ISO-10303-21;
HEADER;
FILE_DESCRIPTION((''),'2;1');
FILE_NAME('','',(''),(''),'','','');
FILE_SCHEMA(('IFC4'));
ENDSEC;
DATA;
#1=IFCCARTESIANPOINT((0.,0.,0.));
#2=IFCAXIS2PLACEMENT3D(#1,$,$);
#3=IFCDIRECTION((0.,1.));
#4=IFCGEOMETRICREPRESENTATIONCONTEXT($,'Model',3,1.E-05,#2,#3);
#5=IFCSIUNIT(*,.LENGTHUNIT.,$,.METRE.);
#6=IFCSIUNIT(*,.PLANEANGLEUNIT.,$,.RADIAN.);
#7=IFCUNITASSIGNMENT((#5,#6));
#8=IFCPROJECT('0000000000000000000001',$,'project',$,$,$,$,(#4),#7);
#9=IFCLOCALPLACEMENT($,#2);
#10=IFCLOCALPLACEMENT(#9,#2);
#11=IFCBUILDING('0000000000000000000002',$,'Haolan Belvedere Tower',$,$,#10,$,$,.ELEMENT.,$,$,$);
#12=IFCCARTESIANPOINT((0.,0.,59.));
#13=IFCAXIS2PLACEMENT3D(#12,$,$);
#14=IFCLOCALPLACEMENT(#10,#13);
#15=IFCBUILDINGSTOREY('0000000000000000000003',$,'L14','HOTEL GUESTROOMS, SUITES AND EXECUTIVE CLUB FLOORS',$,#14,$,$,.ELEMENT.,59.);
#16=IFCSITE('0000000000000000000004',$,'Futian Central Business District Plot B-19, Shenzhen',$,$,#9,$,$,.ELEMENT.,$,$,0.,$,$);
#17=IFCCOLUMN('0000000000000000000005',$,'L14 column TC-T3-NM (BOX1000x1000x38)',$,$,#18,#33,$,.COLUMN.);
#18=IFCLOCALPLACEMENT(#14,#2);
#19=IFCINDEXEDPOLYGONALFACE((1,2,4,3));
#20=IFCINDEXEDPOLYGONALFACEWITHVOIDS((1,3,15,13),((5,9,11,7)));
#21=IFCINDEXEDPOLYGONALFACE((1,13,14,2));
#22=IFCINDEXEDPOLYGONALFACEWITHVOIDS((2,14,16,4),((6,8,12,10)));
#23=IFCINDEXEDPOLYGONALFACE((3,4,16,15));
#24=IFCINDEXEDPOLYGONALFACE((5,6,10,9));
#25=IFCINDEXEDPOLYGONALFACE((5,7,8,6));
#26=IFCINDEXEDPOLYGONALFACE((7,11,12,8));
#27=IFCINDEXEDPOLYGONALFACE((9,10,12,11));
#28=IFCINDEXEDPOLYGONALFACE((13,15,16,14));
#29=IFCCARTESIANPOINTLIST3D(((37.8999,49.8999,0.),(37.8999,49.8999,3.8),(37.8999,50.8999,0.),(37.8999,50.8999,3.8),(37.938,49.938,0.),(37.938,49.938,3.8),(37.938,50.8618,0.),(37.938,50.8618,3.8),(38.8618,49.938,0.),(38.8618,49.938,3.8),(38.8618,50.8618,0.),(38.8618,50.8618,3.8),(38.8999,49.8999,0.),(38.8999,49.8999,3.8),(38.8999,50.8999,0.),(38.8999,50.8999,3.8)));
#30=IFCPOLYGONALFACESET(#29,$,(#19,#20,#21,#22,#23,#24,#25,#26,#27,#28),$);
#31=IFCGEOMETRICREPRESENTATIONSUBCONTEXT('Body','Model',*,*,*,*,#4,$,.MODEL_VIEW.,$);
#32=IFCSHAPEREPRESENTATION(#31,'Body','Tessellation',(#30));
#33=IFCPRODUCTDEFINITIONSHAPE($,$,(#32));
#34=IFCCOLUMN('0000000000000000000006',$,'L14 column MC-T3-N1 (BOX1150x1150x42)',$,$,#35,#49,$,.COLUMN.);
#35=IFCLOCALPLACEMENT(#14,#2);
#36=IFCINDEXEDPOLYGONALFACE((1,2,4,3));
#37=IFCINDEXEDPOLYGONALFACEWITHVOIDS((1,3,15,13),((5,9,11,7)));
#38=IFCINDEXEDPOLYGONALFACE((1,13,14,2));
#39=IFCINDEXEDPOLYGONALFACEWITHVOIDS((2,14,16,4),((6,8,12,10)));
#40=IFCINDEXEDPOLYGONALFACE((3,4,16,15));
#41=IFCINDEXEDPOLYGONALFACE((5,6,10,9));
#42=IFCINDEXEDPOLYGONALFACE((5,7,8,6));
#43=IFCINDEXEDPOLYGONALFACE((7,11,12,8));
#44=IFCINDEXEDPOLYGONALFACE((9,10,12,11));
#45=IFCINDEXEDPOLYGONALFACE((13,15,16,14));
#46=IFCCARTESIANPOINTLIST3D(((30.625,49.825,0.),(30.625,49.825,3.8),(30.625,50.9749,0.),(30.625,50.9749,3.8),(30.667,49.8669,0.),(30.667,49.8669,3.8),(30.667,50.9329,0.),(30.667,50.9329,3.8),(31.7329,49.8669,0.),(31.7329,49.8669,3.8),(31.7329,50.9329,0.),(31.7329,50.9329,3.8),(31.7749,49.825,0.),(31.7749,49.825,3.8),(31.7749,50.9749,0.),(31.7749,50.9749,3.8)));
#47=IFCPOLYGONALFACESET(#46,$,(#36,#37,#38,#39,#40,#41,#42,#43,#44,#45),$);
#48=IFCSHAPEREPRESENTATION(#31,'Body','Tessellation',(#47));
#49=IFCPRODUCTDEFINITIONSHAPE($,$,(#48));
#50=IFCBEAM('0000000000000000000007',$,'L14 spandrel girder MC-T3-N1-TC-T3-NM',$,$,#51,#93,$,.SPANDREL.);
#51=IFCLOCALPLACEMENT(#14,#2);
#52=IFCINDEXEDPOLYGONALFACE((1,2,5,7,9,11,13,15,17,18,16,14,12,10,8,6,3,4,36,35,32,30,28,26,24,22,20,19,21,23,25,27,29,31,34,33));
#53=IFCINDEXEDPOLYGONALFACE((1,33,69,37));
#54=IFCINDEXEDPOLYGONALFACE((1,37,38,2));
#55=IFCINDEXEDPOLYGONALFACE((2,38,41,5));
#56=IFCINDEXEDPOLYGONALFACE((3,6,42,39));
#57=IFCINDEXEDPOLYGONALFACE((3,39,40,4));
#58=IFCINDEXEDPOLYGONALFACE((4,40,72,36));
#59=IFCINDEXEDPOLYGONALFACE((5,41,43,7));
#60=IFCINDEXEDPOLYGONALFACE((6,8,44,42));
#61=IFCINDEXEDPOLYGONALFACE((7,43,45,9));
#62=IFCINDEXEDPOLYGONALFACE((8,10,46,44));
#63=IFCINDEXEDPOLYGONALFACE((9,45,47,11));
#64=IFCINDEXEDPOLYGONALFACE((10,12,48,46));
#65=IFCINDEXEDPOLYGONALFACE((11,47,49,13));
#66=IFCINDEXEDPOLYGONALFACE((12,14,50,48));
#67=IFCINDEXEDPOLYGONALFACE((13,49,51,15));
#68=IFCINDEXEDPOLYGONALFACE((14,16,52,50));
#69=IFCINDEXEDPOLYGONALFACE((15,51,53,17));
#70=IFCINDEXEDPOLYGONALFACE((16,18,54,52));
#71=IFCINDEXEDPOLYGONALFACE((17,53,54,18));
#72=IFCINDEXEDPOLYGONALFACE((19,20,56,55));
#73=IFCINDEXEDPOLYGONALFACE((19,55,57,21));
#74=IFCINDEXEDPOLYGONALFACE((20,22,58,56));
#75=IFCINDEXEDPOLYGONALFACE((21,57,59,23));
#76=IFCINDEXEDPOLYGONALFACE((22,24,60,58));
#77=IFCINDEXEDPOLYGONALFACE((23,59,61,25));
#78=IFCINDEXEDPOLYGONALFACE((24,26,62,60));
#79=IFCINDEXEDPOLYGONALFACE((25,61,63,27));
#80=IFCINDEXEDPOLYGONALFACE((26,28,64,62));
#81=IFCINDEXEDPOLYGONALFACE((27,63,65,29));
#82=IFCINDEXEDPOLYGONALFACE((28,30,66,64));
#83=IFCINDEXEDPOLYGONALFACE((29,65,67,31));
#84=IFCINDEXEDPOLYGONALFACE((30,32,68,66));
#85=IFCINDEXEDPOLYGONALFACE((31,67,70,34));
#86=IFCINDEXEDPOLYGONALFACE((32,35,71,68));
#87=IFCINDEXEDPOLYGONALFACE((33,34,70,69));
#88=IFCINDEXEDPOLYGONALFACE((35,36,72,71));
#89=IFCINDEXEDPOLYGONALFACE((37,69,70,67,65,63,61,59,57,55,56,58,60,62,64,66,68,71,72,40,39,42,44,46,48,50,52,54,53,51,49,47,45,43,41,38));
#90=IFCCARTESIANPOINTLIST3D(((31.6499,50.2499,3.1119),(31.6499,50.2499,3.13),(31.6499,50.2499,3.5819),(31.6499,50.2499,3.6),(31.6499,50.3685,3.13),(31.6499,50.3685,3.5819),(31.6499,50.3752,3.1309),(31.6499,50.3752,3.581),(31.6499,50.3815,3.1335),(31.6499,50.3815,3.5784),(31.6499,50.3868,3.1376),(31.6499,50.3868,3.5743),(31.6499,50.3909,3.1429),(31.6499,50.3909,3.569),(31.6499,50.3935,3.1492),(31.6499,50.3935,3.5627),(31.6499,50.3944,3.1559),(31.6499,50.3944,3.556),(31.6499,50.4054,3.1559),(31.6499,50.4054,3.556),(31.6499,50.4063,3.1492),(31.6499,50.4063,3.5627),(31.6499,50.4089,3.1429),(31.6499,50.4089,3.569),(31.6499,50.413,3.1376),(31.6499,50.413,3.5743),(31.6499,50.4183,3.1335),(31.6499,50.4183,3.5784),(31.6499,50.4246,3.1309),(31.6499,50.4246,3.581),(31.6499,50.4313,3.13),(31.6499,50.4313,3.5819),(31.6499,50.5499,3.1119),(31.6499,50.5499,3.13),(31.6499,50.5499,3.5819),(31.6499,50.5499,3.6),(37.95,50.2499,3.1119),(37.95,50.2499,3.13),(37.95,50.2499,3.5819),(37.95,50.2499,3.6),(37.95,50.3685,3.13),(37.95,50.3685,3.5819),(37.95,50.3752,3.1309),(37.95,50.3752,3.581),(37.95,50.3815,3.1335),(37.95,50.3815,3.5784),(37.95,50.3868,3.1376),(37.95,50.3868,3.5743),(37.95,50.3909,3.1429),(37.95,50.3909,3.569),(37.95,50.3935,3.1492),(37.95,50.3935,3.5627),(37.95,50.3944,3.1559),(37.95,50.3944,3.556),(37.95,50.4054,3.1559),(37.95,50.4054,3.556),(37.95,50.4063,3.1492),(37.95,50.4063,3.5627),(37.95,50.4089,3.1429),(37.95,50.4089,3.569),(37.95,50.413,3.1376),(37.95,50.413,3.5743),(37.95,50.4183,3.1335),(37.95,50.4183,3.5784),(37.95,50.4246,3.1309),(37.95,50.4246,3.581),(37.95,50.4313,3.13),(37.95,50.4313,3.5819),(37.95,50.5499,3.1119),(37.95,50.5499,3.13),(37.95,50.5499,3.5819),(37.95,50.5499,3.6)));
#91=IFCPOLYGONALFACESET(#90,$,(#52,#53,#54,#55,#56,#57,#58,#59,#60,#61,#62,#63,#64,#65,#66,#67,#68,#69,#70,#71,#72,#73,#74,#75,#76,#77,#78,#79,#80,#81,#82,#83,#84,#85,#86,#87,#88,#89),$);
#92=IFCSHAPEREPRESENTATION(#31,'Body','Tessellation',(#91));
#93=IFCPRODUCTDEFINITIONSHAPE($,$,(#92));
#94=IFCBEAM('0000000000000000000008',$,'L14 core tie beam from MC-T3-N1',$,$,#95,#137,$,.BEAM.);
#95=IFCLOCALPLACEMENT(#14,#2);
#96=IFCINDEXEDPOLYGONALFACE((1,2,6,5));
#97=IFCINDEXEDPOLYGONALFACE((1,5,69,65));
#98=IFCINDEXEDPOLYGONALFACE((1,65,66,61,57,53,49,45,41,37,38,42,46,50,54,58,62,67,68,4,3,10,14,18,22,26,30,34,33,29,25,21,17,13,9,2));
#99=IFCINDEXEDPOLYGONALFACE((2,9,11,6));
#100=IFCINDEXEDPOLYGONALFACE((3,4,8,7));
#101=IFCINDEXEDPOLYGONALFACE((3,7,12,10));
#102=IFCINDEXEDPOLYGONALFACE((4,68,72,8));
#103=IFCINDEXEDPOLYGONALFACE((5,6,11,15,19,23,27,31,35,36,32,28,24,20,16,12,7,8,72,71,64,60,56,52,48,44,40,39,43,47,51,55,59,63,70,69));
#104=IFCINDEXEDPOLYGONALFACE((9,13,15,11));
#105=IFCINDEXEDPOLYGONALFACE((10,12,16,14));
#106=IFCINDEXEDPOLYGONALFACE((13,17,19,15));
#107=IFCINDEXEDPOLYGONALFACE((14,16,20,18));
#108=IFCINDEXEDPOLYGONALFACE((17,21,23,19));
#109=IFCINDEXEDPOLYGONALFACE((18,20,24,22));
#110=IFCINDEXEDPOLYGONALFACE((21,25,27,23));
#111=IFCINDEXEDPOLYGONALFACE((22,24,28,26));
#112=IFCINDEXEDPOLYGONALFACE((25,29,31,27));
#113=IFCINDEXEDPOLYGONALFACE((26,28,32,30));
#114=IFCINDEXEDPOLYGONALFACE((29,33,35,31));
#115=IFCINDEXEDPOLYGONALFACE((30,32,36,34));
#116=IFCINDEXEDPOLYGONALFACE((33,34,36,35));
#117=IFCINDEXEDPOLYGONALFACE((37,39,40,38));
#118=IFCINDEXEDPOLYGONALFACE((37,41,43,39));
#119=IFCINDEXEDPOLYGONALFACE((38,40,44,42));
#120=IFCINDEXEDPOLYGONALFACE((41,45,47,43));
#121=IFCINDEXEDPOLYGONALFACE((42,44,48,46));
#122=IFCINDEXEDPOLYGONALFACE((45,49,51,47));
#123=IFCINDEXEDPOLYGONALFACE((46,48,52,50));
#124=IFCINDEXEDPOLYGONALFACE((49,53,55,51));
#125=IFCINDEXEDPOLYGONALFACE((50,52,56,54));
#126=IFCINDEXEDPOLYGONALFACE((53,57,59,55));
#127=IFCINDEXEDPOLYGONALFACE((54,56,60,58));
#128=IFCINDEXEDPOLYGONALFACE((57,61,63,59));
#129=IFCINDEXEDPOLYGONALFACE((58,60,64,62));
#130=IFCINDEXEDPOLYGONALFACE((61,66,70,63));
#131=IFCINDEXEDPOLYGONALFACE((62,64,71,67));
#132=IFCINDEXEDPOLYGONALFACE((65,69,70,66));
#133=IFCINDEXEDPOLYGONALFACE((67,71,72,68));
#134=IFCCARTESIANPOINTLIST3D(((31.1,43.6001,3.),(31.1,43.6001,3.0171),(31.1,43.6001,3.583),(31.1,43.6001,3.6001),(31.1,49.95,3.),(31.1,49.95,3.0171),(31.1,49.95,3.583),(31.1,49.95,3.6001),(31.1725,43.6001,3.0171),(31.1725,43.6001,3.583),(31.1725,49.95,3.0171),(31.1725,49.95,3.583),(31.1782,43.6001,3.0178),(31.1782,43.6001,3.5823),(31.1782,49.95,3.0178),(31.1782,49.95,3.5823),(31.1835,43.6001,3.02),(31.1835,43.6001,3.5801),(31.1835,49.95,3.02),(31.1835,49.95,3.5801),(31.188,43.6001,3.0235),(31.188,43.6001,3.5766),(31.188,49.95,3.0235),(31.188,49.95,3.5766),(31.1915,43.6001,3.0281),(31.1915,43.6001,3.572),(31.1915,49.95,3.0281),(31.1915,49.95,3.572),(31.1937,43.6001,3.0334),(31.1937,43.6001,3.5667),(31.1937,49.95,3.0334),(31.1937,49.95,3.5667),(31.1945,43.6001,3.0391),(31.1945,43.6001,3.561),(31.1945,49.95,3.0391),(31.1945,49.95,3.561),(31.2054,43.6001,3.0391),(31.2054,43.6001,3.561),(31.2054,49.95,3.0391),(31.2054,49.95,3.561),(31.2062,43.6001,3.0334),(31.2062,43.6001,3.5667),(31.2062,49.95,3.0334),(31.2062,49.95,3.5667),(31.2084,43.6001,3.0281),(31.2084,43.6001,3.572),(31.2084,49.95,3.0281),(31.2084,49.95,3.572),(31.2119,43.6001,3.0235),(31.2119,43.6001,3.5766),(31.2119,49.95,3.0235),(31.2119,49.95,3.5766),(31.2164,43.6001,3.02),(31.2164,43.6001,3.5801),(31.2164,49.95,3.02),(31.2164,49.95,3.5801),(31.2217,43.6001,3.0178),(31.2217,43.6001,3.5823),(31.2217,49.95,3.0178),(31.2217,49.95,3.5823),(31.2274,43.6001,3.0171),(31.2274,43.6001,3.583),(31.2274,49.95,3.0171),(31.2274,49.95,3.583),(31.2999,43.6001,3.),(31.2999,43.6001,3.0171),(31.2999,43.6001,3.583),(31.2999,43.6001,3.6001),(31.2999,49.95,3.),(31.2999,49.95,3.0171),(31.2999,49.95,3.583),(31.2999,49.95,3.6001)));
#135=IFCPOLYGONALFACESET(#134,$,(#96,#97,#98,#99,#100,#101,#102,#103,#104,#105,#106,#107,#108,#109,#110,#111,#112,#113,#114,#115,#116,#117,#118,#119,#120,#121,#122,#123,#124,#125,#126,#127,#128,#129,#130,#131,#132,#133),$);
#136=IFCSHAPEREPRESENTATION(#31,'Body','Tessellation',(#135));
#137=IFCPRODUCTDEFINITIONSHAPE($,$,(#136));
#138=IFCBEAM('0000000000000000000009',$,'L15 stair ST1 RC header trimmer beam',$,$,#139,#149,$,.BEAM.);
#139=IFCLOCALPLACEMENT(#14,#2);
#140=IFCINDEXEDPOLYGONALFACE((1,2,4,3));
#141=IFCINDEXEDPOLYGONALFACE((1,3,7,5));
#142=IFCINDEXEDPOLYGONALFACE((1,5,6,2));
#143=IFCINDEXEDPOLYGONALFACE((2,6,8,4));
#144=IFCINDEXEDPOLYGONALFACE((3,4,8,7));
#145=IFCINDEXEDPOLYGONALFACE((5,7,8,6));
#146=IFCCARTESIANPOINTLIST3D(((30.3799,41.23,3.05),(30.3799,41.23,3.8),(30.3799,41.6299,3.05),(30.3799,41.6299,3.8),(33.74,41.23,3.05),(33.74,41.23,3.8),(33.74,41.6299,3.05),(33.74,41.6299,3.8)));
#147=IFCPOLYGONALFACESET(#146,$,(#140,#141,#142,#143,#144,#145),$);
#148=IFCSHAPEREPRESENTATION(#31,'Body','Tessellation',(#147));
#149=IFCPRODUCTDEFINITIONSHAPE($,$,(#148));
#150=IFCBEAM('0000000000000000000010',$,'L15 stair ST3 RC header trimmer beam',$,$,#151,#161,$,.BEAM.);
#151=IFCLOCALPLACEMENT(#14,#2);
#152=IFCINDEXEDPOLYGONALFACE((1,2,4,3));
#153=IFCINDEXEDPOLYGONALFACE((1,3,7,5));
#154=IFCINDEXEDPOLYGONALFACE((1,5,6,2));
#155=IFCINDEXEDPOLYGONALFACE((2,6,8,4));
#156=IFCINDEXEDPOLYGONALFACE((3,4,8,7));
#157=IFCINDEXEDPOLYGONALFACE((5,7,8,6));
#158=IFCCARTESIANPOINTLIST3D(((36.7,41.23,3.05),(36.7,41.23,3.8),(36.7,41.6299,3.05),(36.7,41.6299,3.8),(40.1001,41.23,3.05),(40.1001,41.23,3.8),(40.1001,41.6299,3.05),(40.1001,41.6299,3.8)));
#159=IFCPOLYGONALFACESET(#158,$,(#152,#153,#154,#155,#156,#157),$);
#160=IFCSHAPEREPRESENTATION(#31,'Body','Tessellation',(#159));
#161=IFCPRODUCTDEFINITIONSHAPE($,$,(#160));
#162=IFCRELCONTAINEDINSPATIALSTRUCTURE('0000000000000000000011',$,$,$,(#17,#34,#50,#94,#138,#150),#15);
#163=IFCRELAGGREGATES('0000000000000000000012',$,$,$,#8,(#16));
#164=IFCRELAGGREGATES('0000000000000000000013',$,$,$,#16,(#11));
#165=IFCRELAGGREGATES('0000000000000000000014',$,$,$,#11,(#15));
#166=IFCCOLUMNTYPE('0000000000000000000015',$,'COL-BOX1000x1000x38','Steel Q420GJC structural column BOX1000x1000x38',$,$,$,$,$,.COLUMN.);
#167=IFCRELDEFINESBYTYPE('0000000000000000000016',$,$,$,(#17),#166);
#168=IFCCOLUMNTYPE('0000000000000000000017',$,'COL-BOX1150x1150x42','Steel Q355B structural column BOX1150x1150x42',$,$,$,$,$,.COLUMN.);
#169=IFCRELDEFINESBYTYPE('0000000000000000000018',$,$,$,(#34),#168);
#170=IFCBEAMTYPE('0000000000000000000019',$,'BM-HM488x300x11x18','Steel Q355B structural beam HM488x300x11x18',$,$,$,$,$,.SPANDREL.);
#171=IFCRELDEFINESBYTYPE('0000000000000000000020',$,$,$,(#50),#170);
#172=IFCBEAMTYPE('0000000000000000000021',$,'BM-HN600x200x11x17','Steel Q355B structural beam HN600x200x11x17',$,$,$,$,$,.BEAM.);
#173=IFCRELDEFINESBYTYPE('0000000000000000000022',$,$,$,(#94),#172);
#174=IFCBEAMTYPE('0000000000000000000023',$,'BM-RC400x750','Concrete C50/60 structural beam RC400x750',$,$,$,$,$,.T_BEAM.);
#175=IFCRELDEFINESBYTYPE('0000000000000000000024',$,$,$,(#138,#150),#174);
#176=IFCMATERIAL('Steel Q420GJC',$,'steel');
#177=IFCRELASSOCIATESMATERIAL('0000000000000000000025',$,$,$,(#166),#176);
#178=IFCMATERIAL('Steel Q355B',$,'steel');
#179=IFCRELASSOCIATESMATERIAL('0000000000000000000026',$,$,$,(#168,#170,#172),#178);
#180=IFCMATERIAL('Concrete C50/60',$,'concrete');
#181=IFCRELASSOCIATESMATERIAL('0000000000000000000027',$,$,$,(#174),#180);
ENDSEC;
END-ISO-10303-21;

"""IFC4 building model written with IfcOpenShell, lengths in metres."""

from ifc_helpers import new_model, si_unit, direction, frame, origin, origin_2d, place, context, subcontext, project, spatial, rectangle, hollow_rectangle, i_section, extrude, material, material_profile, profile_set, type_object, element, save


model = new_model("IFC4")

# Units and contexts
model_context = context("Model", 3, precision=1e-05, world=origin(), true_north=direction((0.0, 1.0)))
body_context = subcontext(model_context, "Body", "Model", "MODEL_VIEW")
ifc_project = project(units=[si_unit("LENGTHUNIT", "METRE"), si_unit("PLANEANGLEUNIT", "RADIAN")], contexts=[model_context])

# Site, building, storey
site_placement = place(None, origin())
site = spatial("IfcSite", under=ifc_project, at=site_placement, Name="Futian Central Business District Plot B-19, Shenzhen", CompositionType="ELEMENT", RefElevation=0.0)
building_placement = place(site_placement, origin())
building = spatial("IfcBuilding", under=site, at=building_placement, Name="Haolan Belvedere Tower", CompositionType="ELEMENT")
storey_placement = place(building_placement, frame((0.0, 0.0, 59.0)))
storey = spatial("IfcBuildingStorey", under=building, at=storey_placement, Name="L14", Description="HOTEL GUESTROOMS, SUITES AND EXECUTIVE CLUB FLOORS", CompositionType="ELEMENT", Elevation=59.0)

# Columns
ifc_material_1 = material(Name="Steel Q420GJC", Category="steel")
ifc_material_profile_1 = material_profile(ifc_material_1, hollow_rectangle(XDim=1.0, YDim=1.0, WallThickness=0.0381, at=origin_2d()), Name="Steel Q420GJC")
ifc_profile_set_1 = profile_set([ifc_material_profile_1], Name="Steel Q420GJC")
column_type_1 = type_object("IfcColumnType", Name="COL-BOX1000x1000x38", Description="Steel Q420GJC structural column BOX1000x1000x38", PredefinedType="COLUMN", material=ifc_profile_set_1)
column_1_placement = place(storey_placement, frame((38.3999, 50.3999, 0.0), z_axis=(0.0, 0.0, 1.0), x_axis=(1.0, 0.0, 0.0)))
element("IfcColumn", 1, at=column_1_placement, inside=storey, type_object=column_type_1, Name="L14 column TC-T3-NM (BOX1000x1000x38)", PredefinedType="COLUMN", context=body_context, shape_type="SweptSolid", body=[
    extrude(hollow_rectangle(XDim=1.0, YDim=1.0, WallThickness=0.0381, at=origin_2d()), origin(), (0.0, 0.0, 1.0), 3.8),
])
ifc_material_2 = material(Name="Steel Q355B", Category="steel")
ifc_material_profile_2 = material_profile(ifc_material_2, hollow_rectangle(XDim=1.1499, YDim=1.1499, WallThickness=0.042, at=origin_2d()), Name="Steel Q355B")
ifc_profile_set_2 = profile_set([ifc_material_profile_2], Name="Steel Q355B")
column_type_2 = type_object("IfcColumnType", Name="COL-BOX1150x1150x42", Description="Steel Q355B structural column BOX1150x1150x42", PredefinedType="COLUMN", material=ifc_profile_set_2)
column_2_placement = place(storey_placement, frame((31.2, 50.3999, 0.0), z_axis=(0.0, 0.0, 1.0), x_axis=(1.0, 0.0, 0.0)))
element("IfcColumn", 2, at=column_2_placement, inside=storey, type_object=column_type_2, Name="L14 column MC-T3-N1 (BOX1150x1150x42)", PredefinedType="COLUMN", context=body_context, shape_type="SweptSolid", body=[
    extrude(hollow_rectangle(XDim=1.1499, YDim=1.1499, WallThickness=0.042, at=origin_2d()), origin(), (0.0, 0.0, 1.0), 3.8),
])

# Beams
ifc_material_profile_3 = material_profile(ifc_material_2, i_section(OverallWidth=0.3, OverallDepth=0.488, WebThickness=0.011, FlangeThickness=0.0181, FilletRadius=0.0259, at=origin_2d()), Name="Steel Q355B")
ifc_profile_set_3 = profile_set([ifc_material_profile_3], Name="Steel Q355B")
beam_type_1 = type_object("IfcBeamType", Name="BM-HM488x300x11x18", Description="Steel Q355B structural beam HM488x300x11x18", PredefinedType="SPANDREL", material=ifc_profile_set_3)
beam_1_placement = place(storey_placement, frame((31.6499, 50.3999, 3.356), z_axis=(1.0, 0.0, 0.0), x_axis=(0.0, 1.0, 0.0)))
element("IfcBeam", 3, at=beam_1_placement, inside=storey, type_object=beam_type_1, Name="L14 spandrel girder MC-T3-N1-TC-T3-NM", PredefinedType="SPANDREL", context=body_context, shape_type="SweptSolid", body=[
    extrude(i_section(OverallWidth=0.3, OverallDepth=0.488, WebThickness=0.011, FlangeThickness=0.0181, FilletRadius=0.0259, at=origin_2d()), origin(), (0.0, 0.0, 1.0), 6.3),
])
ifc_material_profile_4 = material_profile(ifc_material_2, i_section(OverallWidth=0.2, OverallDepth=0.6001, WebThickness=0.011, FlangeThickness=0.0171, FilletRadius=0.022, at=origin_2d()), Name="Steel Q355B")
ifc_profile_set_4 = profile_set([ifc_material_profile_4], Name="Steel Q355B")
beam_type_2 = type_object("IfcBeamType", Name="BM-HN600x200x11x17", Description="Steel Q355B structural beam HN600x200x11x17", PredefinedType="BEAM", material=ifc_profile_set_4)
beam_2_placement = place(storey_placement, frame((31.2, 49.95, 3.3), z_axis=(0.0, -1.0, 0.0), x_axis=(1.0, 0.0, 0.0)))
element("IfcBeam", 4, at=beam_2_placement, inside=storey, type_object=beam_type_2, Name="L14 core tie beam from MC-T3-N1", PredefinedType="BEAM", context=body_context, shape_type="SweptSolid", body=[
    extrude(i_section(OverallWidth=0.2, OverallDepth=0.6001, WebThickness=0.011, FlangeThickness=0.0171, FilletRadius=0.022, at=origin_2d()), origin(), (0.0, 0.0, 1.0), 6.3499),
])
ifc_material_3 = material(Name="Concrete C50/60", Category="concrete")
ifc_material_profile_5 = material_profile(ifc_material_3, rectangle(XDim=0.3999, YDim=0.75, at=origin_2d()), Name="Concrete C50/60")
ifc_profile_set_5 = profile_set([ifc_material_profile_5], Name="Concrete C50/60")
beam_type_3 = type_object("IfcBeamType", Name="BM-RC400x750", Description="Concrete C50/60 structural beam RC400x750", PredefinedType="T_BEAM", material=ifc_profile_set_5)
beam_3_placement = place(storey_placement, frame((30.3799, 41.4299, 3.425), z_axis=(1.0, 0.0, 0.0), x_axis=(0.0, 1.0, 0.0)))
element("IfcBeam", 5, at=beam_3_placement, inside=storey, type_object=beam_type_3, Name="L15 stair ST1 RC header trimmer beam", PredefinedType="BEAM", context=body_context, shape_type="SweptSolid", body=[
    extrude(rectangle(XDim=0.3999, YDim=0.75, at=origin_2d()), origin(), (0.0, 0.0, 1.0), 3.3601),
])
beam_4_placement = place(storey_placement, frame((36.7, 41.4299, 3.425), z_axis=(1.0, 0.0, 0.0), x_axis=(0.0, 1.0, 0.0)))
element("IfcBeam", 6, at=beam_4_placement, inside=storey, type_object=beam_type_3, Name="L15 stair ST3 RC header trimmer beam", PredefinedType="BEAM", context=body_context, shape_type="SweptSolid", body=[
    extrude(rectangle(XDim=0.3999, YDim=0.75, at=origin_2d()), origin(), (0.0, 0.0, 1.0), 3.4001),
])

save(model, "model.ifc")
